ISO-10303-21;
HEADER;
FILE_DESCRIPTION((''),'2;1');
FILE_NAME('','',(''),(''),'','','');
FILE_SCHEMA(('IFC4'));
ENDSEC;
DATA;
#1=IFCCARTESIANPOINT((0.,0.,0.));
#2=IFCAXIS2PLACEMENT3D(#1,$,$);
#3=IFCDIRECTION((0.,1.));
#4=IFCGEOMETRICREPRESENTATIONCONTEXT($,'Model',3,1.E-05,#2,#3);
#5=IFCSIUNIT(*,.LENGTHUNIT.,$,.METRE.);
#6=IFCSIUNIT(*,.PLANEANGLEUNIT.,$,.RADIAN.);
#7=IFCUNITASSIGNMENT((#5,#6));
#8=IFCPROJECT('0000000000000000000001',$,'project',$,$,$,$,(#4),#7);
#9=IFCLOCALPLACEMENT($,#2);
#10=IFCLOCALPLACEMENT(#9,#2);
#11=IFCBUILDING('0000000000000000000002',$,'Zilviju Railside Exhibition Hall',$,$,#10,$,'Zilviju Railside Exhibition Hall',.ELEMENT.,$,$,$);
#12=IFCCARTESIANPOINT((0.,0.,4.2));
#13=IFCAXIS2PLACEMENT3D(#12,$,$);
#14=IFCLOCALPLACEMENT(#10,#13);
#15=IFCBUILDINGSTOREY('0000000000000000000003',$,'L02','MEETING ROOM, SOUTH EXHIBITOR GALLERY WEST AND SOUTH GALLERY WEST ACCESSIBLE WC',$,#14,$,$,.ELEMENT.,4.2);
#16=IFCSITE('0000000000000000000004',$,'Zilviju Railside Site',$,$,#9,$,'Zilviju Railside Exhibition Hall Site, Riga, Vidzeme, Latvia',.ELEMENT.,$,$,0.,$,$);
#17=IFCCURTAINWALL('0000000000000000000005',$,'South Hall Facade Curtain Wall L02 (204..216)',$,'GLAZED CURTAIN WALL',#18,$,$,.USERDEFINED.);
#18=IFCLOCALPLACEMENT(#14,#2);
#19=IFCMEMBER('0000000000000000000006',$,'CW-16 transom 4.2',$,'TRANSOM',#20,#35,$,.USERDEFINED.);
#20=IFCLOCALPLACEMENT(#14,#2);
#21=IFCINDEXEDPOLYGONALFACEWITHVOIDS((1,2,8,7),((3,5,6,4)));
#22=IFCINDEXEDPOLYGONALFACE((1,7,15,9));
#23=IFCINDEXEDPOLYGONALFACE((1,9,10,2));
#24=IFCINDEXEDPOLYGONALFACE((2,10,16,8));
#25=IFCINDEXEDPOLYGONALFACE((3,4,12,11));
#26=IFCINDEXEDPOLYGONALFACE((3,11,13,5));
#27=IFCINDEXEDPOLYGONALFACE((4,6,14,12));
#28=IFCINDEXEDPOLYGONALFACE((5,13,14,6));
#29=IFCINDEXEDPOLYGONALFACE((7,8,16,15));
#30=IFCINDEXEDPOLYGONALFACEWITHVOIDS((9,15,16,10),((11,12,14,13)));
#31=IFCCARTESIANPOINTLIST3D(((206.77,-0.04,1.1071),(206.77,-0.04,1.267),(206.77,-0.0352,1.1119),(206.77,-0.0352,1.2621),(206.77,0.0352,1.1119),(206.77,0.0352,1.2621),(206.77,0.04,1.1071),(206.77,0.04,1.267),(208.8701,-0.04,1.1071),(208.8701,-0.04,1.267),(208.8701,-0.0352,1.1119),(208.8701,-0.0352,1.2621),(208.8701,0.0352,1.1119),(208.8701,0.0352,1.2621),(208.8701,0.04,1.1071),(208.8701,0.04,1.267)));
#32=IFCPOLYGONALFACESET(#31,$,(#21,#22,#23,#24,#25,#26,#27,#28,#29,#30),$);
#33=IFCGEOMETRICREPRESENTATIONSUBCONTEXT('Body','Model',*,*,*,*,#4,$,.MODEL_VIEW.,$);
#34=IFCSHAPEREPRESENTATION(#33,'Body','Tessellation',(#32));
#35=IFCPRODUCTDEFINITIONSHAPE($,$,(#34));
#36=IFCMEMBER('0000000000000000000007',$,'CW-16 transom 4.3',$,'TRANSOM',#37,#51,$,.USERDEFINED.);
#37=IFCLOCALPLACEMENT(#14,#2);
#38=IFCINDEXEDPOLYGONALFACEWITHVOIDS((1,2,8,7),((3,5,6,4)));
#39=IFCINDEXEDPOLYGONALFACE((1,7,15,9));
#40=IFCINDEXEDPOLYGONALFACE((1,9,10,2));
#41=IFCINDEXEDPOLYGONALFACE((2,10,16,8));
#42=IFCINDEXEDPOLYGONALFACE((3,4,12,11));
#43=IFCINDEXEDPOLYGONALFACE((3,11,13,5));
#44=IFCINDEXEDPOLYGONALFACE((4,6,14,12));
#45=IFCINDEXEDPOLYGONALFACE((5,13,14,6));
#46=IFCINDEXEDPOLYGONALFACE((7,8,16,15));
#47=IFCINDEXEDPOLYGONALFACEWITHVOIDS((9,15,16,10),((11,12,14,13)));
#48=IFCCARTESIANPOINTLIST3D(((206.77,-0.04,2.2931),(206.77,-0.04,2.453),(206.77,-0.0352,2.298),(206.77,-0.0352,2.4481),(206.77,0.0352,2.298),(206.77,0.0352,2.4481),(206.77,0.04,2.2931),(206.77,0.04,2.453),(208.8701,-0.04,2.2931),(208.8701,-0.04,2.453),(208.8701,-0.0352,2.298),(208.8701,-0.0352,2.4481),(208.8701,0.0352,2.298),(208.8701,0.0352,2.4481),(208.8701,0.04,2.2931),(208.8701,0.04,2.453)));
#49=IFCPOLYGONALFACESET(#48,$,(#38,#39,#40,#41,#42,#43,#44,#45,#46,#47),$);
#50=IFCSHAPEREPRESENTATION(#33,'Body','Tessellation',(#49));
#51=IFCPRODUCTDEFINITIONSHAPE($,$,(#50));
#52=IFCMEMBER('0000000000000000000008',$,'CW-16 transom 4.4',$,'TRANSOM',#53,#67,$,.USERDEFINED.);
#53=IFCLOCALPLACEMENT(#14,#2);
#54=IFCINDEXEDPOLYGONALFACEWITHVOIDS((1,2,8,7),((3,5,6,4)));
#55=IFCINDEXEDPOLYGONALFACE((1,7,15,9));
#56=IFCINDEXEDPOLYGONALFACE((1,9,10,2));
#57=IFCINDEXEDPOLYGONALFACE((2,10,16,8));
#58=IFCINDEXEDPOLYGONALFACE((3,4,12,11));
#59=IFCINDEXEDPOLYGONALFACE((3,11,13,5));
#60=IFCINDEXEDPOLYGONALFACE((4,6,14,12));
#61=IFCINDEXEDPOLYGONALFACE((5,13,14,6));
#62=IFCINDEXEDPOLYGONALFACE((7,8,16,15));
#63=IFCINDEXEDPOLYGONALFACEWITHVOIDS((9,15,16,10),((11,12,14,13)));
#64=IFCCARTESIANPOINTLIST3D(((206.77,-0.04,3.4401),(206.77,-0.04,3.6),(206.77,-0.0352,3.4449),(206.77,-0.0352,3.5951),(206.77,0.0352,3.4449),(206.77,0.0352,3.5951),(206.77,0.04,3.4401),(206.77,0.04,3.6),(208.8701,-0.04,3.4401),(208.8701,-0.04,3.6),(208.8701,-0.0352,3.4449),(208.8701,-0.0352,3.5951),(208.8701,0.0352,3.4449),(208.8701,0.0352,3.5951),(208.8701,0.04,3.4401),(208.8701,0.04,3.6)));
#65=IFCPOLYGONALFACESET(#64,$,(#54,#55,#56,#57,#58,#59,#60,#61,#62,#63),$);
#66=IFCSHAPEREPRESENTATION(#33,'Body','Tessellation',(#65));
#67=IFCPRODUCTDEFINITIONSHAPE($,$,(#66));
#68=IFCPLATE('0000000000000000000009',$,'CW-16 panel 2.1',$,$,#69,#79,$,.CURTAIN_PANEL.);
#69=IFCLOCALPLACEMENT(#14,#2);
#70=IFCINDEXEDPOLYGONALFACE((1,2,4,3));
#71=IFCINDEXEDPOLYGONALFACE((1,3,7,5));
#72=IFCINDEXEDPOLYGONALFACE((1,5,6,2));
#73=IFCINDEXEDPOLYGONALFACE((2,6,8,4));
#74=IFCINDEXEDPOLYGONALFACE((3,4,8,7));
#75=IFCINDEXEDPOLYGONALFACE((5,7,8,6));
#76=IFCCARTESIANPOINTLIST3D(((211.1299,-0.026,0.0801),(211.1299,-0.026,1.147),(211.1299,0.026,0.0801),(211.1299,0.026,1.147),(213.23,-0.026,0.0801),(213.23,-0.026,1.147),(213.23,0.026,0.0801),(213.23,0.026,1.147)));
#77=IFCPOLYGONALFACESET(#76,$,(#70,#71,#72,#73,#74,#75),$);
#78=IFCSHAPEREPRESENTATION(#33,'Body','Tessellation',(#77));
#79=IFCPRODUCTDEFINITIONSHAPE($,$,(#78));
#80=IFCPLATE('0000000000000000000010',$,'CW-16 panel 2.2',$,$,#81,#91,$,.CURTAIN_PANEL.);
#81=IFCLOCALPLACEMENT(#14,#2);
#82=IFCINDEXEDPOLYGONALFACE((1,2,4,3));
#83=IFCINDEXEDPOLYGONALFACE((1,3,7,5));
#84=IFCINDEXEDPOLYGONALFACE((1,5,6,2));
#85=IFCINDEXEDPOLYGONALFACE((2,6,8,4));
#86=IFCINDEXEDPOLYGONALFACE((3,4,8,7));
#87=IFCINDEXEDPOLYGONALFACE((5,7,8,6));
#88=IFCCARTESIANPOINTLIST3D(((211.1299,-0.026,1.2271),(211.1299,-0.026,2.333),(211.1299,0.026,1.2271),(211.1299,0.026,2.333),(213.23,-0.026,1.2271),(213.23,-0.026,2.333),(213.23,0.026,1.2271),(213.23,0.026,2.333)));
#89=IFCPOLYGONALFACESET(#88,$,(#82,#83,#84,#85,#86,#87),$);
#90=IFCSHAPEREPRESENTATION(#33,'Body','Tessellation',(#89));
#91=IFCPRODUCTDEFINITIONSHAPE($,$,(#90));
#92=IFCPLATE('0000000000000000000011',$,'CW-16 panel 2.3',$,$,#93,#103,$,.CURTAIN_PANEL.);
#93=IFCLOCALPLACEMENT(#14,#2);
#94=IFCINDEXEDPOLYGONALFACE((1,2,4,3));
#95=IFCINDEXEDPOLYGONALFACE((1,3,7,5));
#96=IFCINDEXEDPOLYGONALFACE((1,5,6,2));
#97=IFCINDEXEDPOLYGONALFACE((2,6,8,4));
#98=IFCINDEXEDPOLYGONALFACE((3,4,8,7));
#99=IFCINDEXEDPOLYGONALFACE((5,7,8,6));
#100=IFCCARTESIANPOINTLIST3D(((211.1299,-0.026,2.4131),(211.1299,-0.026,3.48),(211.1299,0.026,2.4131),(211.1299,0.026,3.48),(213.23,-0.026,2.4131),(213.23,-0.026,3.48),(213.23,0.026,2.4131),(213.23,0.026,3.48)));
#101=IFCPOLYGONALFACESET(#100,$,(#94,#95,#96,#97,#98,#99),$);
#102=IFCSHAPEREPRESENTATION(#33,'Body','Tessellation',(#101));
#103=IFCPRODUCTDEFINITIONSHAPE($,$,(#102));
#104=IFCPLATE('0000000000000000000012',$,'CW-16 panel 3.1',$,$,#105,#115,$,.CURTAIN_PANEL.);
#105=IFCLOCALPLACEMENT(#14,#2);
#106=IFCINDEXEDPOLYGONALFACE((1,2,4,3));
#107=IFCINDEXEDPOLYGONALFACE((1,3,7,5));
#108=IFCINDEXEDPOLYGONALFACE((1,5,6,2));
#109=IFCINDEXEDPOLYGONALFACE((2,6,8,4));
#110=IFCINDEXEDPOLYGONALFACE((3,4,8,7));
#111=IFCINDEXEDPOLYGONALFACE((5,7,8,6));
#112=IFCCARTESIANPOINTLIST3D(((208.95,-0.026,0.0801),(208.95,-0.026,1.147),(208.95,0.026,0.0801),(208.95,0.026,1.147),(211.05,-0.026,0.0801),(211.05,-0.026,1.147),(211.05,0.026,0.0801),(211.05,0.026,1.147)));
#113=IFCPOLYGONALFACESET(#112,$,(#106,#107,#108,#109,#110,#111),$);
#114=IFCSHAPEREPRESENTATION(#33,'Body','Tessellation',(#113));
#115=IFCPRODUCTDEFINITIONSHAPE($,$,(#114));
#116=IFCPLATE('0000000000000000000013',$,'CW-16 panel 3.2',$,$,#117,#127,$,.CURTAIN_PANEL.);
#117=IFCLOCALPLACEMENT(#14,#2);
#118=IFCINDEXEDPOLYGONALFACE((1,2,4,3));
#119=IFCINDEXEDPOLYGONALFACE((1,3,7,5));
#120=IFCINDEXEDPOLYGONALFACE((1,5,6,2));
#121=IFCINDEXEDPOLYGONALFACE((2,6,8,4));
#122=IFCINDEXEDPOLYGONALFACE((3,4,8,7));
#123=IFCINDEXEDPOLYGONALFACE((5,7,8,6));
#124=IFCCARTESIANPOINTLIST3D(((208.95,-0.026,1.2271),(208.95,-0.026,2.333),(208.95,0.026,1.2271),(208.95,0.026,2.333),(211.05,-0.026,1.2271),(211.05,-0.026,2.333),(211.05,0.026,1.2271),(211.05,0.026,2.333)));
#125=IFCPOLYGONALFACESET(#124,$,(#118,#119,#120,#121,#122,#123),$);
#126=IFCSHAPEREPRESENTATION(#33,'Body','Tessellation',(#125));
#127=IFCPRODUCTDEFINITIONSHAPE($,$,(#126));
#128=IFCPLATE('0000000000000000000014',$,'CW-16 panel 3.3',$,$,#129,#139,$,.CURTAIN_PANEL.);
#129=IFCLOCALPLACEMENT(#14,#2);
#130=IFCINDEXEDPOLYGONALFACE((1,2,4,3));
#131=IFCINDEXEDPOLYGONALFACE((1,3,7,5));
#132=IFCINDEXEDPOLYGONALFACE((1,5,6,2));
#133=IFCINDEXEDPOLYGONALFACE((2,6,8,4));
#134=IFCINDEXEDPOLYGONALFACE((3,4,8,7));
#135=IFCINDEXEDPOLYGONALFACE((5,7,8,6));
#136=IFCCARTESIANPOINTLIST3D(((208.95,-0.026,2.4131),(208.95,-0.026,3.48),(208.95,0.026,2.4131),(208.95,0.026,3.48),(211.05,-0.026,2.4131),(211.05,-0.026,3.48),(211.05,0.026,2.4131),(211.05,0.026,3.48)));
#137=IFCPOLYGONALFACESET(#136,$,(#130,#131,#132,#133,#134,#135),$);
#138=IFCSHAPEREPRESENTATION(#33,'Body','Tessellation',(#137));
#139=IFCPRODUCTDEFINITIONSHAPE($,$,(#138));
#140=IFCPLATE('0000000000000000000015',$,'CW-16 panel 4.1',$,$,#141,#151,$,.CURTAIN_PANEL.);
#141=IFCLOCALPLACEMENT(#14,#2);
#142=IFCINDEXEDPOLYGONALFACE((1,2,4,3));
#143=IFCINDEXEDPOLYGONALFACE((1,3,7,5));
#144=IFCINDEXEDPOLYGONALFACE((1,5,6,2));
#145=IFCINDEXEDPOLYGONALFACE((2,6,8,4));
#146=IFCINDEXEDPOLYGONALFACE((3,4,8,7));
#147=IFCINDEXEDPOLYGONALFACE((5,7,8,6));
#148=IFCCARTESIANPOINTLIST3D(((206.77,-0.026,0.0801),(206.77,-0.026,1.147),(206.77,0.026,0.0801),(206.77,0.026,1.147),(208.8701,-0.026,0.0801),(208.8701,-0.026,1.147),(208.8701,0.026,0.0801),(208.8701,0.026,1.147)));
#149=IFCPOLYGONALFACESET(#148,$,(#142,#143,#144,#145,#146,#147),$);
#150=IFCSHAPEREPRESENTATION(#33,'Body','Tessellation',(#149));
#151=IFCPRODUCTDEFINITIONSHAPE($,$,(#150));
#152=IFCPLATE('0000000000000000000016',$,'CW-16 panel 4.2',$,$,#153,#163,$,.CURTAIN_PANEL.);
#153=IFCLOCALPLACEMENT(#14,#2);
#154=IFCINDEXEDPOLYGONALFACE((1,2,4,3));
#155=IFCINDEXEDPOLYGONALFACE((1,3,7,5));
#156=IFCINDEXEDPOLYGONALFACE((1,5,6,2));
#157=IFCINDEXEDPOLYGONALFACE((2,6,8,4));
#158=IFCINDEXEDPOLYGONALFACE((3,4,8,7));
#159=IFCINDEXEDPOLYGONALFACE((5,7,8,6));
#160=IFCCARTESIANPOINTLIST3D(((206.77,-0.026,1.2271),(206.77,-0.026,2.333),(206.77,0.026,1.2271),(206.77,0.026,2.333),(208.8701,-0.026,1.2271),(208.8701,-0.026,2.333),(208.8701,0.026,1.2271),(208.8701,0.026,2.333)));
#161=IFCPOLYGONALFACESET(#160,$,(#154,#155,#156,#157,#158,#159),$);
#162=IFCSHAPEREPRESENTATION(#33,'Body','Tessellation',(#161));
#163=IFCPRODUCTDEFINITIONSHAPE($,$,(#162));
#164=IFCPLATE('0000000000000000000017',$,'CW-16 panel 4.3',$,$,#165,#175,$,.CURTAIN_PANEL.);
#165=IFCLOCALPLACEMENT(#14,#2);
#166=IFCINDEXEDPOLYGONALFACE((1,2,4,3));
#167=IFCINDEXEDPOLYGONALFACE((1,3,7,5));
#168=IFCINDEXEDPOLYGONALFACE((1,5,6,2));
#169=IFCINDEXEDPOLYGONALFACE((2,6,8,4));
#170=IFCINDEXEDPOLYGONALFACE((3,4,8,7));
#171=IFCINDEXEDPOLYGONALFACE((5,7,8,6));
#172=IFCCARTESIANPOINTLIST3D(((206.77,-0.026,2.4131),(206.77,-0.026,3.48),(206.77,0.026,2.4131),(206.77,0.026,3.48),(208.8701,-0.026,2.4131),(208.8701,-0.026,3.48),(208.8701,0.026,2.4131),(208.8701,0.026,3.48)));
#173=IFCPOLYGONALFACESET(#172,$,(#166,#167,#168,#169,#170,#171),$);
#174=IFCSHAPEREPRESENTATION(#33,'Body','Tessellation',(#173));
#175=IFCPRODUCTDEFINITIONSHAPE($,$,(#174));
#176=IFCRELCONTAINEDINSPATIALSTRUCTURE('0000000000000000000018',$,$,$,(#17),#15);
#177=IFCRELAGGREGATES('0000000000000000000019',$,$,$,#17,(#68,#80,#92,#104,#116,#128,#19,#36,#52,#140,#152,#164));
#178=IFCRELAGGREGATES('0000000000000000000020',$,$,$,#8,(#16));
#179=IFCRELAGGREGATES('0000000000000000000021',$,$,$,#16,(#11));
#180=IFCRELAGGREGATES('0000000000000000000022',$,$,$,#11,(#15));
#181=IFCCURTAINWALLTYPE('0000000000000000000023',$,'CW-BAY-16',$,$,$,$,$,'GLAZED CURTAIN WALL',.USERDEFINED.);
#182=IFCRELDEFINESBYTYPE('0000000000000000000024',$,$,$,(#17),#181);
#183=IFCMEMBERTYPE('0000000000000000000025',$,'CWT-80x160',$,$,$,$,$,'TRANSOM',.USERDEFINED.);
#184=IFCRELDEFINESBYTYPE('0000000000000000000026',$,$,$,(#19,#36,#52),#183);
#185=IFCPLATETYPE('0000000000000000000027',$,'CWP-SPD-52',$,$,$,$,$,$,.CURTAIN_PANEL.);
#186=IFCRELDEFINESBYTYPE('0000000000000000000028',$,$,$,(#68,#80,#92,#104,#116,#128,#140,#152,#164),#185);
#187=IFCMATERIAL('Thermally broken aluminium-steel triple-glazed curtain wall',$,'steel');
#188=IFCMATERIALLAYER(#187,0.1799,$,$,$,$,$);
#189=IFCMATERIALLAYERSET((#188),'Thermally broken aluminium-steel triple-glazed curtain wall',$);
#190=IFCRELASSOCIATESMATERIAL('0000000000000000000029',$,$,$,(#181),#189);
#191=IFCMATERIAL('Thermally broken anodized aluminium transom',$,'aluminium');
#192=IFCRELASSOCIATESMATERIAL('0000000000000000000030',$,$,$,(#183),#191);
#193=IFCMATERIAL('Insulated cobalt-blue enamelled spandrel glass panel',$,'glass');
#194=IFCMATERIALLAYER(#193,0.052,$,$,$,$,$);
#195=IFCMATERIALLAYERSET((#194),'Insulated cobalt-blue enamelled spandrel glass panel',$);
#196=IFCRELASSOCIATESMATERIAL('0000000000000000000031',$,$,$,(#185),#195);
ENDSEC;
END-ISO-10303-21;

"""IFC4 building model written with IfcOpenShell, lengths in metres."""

from ifc_helpers import new_model, si_unit, direction, frame, origin, origin_2d, place, context, subcontext, project, spatial, rectangle, hollow_rectangle, extrude, material, layer, layer_set, material_profile, profile_set, type_object, element, aggregate, save


model = new_model("IFC4")

# Units and contexts
model_context = context("Model", 3, precision=1e-05, world=origin(), true_north=direction((0.0, 1.0)))
body_context = subcontext(model_context, "Body", "Model", "MODEL_VIEW")
ifc_project = project(units=[si_unit("LENGTHUNIT", "METRE"), si_unit("PLANEANGLEUNIT", "RADIAN")], contexts=[model_context])

# Site, building, storey
site_placement = place(None, origin())
site = spatial("IfcSite", under=ifc_project, at=site_placement, Name="Zilviju Railside Site", LongName="Zilviju Railside Exhibition Hall Site, Riga, Vidzeme, Latvia", CompositionType="ELEMENT", RefElevation=0.0)
building_placement = place(site_placement, origin())
building = spatial("IfcBuilding", under=site, at=building_placement, Name="Zilviju Railside Exhibition Hall", LongName="Zilviju Railside Exhibition Hall", CompositionType="ELEMENT")
storey_placement = place(building_placement, frame((0.0, 0.0, 4.2)))
storey = spatial("IfcBuildingStorey", under=building, at=storey_placement, Name="L02", Description="MEETING ROOM, SOUTH EXHIBITOR GALLERY WEST AND SOUTH GALLERY WEST ACCESSIBLE WC", CompositionType="ELEMENT", Elevation=4.2)

# Curtain wall, members, plates
ifc_material_1 = material(Name="Thermally broken aluminium-steel triple-glazed curtain wall", Category="steel")
ifc_layer_1 = layer(ifc_material_1, 0.1799)
ifc_layer_set_1 = layer_set([ifc_layer_1], Name="Thermally broken aluminium-steel triple-glazed curtain wall")
curtain_wall_type = type_object("IfcCurtainWallType", Name="CW-BAY-16", ElementType="GLAZED CURTAIN WALL", PredefinedType="USERDEFINED", material=ifc_layer_set_1)
curtain_wall_placement = place(storey_placement, origin())
curtain_wall = element("IfcCurtainWall", 1, at=curtain_wall_placement, inside=storey, type_object=curtain_wall_type, Name="South Hall Facade Curtain Wall L02 (204..216)", ObjectType="GLAZED CURTAIN WALL", PredefinedType="USERDEFINED")
ifc_material_2 = material(Name="Thermally broken anodized aluminium transom", Category="aluminium")
ifc_material_profile_1 = material_profile(ifc_material_2, hollow_rectangle(XDim=0.0801, YDim=0.1599, WallThickness=0.0049, at=origin_2d()), Name="TRANSOM 160x80x5")
ifc_profile_set_1 = profile_set([ifc_material_profile_1], Name="Thermally broken anodized aluminium transom")
member_type_1 = type_object("IfcMemberType", Name="CWT-80x160", ElementType="TRANSOM", PredefinedType="USERDEFINED", material=ifc_profile_set_1)
member_1_placement = place(storey_placement, frame((208.8701, 0.0, 1.187), z_axis=(-1.0, 0.0, 0.0), x_axis=(0.0, -1.0, 0.0)))
member_1 = element("IfcMember", 2, at=member_1_placement, type_object=member_type_1, Name="CW-16 transom 4.2", ObjectType="TRANSOM", PredefinedType="USERDEFINED", context=body_context, shape_type="SweptSolid", body=[
    extrude(hollow_rectangle(XDim=0.0801, YDim=0.1599, WallThickness=0.0049, at=origin_2d()), origin(), (0.0, 0.0, 1.0), 2.1001),
])
member_2_placement = place(storey_placement, frame((208.8701, 0.0, 2.373), z_axis=(-1.0, 0.0, 0.0), x_axis=(0.0, -1.0, 0.0)))
member_2 = element("IfcMember", 3, at=member_2_placement, type_object=member_type_1, Name="CW-16 transom 4.3", ObjectType="TRANSOM", PredefinedType="USERDEFINED", context=body_context, shape_type="SweptSolid", body=[
    extrude(hollow_rectangle(XDim=0.0801, YDim=0.1599, WallThickness=0.0049, at=origin_2d()), origin(), (0.0, 0.0, 1.0), 2.1001),
])
member_3_placement = place(storey_placement, frame((208.8701, 0.0, 3.52), z_axis=(-1.0, 0.0, 0.0), x_axis=(0.0, -1.0, 0.0)))
member_3 = element("IfcMember", 4, at=member_3_placement, type_object=member_type_1, Name="CW-16 transom 4.4", ObjectType="TRANSOM", PredefinedType="USERDEFINED", context=body_context, shape_type="SweptSolid", body=[
    extrude(hollow_rectangle(XDim=0.0801, YDim=0.1599, WallThickness=0.0049, at=origin_2d()), origin(), (0.0, 0.0, 1.0), 2.1001),
])
ifc_material_3 = material(Name="Insulated cobalt-blue enamelled spandrel glass panel", Category="glass")
ifc_layer_2 = layer(ifc_material_3, 0.052)
ifc_layer_set_2 = layer_set([ifc_layer_2], Name="Insulated cobalt-blue enamelled spandrel glass panel")
plate_type = type_object("IfcPlateType", Name="CWP-SPD-52", PredefinedType="CURTAIN_PANEL", material=ifc_layer_set_2)
plate_1_placement = place(storey_placement, frame((212.1799, 0.0, 0.0801), z_axis=(0.0, 0.0, 1.0), x_axis=(-1.0, 0.0, 0.0)))
plate_1 = element("IfcPlate", 5, at=plate_1_placement, type_object=plate_type, Name="CW-16 panel 2.1", PredefinedType="CURTAIN_PANEL", context=body_context, shape_type="SweptSolid", body=[
    extrude(rectangle(XDim=2.1001, YDim=0.052, at=origin_2d()), origin(), (0.0, 0.0, 1.0), 1.0669),
])
plate_2_placement = place(storey_placement, frame((212.1799, 0.0, 1.2271), z_axis=(0.0, 0.0, 1.0), x_axis=(-1.0, 0.0, 0.0)))
plate_2 = element("IfcPlate", 6, at=plate_2_placement, type_object=plate_type, Name="CW-16 panel 2.2", PredefinedType="CURTAIN_PANEL", context=body_context, shape_type="SweptSolid", body=[
    extrude(rectangle(XDim=2.1001, YDim=0.052, at=origin_2d()), origin(), (0.0, 0.0, 1.0), 1.106),
])
plate_3_placement = place(storey_placement, frame((212.1799, 0.0, 2.4131), z_axis=(0.0, 0.0, 1.0), x_axis=(-1.0, 0.0, 0.0)))
plate_3 = element("IfcPlate", 7, at=plate_3_placement, type_object=plate_type, Name="CW-16 panel 2.3", PredefinedType="CURTAIN_PANEL", context=body_context, shape_type="SweptSolid", body=[
    extrude(rectangle(XDim=2.1001, YDim=0.052, at=origin_2d()), origin(), (0.0, 0.0, 1.0), 1.0669),
])
plate_4_placement = place(storey_placement, frame((210.0, 0.0, 0.0801), z_axis=(0.0, 0.0, 1.0), x_axis=(-1.0, 0.0, 0.0)))
plate_4 = element("IfcPlate", 8, at=plate_4_placement, type_object=plate_type, Name="CW-16 panel 3.1", PredefinedType="CURTAIN_PANEL", context=body_context, shape_type="SweptSolid", body=[
    extrude(rectangle(XDim=2.1001, YDim=0.052, at=origin_2d()), origin(), (0.0, 0.0, 1.0), 1.0669),
])
plate_5_placement = place(storey_placement, frame((210.0, 0.0, 1.2271), z_axis=(0.0, 0.0, 1.0), x_axis=(-1.0, 0.0, 0.0)))
plate_5 = element("IfcPlate", 9, at=plate_5_placement, type_object=plate_type, Name="CW-16 panel 3.2", PredefinedType="CURTAIN_PANEL", context=body_context, shape_type="SweptSolid", body=[
    extrude(rectangle(XDim=2.1001, YDim=0.052, at=origin_2d()), origin(), (0.0, 0.0, 1.0), 1.106),
])
plate_6_placement = place(storey_placement, frame((210.0, 0.0, 2.4131), z_axis=(0.0, 0.0, 1.0), x_axis=(-1.0, 0.0, 0.0)))
plate_6 = element("IfcPlate", 10, at=plate_6_placement, type_object=plate_type, Name="CW-16 panel 3.3", PredefinedType="CURTAIN_PANEL", context=body_context, shape_type="SweptSolid", body=[
    extrude(rectangle(XDim=2.1001, YDim=0.052, at=origin_2d()), origin(), (0.0, 0.0, 1.0), 1.0669),
])
plate_7_placement = place(storey_placement, frame((207.8201, 0.0, 0.0801), z_axis=(0.0, 0.0, 1.0), x_axis=(-1.0, 0.0, 0.0)))
plate_7 = element("IfcPlate", 11, at=plate_7_placement, type_object=plate_type, Name="CW-16 panel 4.1", PredefinedType="CURTAIN_PANEL", context=body_context, shape_type="SweptSolid", body=[
    extrude(rectangle(XDim=2.1001, YDim=0.052, at=origin_2d()), origin(), (0.0, 0.0, 1.0), 1.0669),
])
plate_8_placement = place(storey_placement, frame((207.8201, 0.0, 1.2271), z_axis=(0.0, 0.0, 1.0), x_axis=(-1.0, 0.0, 0.0)))
plate_8 = element("IfcPlate", 12, at=plate_8_placement, type_object=plate_type, Name="CW-16 panel 4.2", PredefinedType="CURTAIN_PANEL", context=body_context, shape_type="SweptSolid", body=[
    extrude(rectangle(XDim=2.1001, YDim=0.052, at=origin_2d()), origin(), (0.0, 0.0, 1.0), 1.106),
])
plate_9_placement = place(storey_placement, frame((207.8201, 0.0, 2.4131), z_axis=(0.0, 0.0, 1.0), x_axis=(-1.0, 0.0, 0.0)))
plate_9 = element("IfcPlate", 13, at=plate_9_placement, type_object=plate_type, Name="CW-16 panel 4.3", PredefinedType="CURTAIN_PANEL", context=body_context, shape_type="SweptSolid", body=[
    extrude(rectangle(XDim=2.1001, YDim=0.052, at=origin_2d()), origin(), (0.0, 0.0, 1.0), 1.0669),
])
aggregate(curtain_wall, [plate_1, plate_2, plate_3, plate_4, plate_5, plate_6, member_1, member_2, member_3, plate_7, plate_8, plate_9])

save(model, "model.ifc")
